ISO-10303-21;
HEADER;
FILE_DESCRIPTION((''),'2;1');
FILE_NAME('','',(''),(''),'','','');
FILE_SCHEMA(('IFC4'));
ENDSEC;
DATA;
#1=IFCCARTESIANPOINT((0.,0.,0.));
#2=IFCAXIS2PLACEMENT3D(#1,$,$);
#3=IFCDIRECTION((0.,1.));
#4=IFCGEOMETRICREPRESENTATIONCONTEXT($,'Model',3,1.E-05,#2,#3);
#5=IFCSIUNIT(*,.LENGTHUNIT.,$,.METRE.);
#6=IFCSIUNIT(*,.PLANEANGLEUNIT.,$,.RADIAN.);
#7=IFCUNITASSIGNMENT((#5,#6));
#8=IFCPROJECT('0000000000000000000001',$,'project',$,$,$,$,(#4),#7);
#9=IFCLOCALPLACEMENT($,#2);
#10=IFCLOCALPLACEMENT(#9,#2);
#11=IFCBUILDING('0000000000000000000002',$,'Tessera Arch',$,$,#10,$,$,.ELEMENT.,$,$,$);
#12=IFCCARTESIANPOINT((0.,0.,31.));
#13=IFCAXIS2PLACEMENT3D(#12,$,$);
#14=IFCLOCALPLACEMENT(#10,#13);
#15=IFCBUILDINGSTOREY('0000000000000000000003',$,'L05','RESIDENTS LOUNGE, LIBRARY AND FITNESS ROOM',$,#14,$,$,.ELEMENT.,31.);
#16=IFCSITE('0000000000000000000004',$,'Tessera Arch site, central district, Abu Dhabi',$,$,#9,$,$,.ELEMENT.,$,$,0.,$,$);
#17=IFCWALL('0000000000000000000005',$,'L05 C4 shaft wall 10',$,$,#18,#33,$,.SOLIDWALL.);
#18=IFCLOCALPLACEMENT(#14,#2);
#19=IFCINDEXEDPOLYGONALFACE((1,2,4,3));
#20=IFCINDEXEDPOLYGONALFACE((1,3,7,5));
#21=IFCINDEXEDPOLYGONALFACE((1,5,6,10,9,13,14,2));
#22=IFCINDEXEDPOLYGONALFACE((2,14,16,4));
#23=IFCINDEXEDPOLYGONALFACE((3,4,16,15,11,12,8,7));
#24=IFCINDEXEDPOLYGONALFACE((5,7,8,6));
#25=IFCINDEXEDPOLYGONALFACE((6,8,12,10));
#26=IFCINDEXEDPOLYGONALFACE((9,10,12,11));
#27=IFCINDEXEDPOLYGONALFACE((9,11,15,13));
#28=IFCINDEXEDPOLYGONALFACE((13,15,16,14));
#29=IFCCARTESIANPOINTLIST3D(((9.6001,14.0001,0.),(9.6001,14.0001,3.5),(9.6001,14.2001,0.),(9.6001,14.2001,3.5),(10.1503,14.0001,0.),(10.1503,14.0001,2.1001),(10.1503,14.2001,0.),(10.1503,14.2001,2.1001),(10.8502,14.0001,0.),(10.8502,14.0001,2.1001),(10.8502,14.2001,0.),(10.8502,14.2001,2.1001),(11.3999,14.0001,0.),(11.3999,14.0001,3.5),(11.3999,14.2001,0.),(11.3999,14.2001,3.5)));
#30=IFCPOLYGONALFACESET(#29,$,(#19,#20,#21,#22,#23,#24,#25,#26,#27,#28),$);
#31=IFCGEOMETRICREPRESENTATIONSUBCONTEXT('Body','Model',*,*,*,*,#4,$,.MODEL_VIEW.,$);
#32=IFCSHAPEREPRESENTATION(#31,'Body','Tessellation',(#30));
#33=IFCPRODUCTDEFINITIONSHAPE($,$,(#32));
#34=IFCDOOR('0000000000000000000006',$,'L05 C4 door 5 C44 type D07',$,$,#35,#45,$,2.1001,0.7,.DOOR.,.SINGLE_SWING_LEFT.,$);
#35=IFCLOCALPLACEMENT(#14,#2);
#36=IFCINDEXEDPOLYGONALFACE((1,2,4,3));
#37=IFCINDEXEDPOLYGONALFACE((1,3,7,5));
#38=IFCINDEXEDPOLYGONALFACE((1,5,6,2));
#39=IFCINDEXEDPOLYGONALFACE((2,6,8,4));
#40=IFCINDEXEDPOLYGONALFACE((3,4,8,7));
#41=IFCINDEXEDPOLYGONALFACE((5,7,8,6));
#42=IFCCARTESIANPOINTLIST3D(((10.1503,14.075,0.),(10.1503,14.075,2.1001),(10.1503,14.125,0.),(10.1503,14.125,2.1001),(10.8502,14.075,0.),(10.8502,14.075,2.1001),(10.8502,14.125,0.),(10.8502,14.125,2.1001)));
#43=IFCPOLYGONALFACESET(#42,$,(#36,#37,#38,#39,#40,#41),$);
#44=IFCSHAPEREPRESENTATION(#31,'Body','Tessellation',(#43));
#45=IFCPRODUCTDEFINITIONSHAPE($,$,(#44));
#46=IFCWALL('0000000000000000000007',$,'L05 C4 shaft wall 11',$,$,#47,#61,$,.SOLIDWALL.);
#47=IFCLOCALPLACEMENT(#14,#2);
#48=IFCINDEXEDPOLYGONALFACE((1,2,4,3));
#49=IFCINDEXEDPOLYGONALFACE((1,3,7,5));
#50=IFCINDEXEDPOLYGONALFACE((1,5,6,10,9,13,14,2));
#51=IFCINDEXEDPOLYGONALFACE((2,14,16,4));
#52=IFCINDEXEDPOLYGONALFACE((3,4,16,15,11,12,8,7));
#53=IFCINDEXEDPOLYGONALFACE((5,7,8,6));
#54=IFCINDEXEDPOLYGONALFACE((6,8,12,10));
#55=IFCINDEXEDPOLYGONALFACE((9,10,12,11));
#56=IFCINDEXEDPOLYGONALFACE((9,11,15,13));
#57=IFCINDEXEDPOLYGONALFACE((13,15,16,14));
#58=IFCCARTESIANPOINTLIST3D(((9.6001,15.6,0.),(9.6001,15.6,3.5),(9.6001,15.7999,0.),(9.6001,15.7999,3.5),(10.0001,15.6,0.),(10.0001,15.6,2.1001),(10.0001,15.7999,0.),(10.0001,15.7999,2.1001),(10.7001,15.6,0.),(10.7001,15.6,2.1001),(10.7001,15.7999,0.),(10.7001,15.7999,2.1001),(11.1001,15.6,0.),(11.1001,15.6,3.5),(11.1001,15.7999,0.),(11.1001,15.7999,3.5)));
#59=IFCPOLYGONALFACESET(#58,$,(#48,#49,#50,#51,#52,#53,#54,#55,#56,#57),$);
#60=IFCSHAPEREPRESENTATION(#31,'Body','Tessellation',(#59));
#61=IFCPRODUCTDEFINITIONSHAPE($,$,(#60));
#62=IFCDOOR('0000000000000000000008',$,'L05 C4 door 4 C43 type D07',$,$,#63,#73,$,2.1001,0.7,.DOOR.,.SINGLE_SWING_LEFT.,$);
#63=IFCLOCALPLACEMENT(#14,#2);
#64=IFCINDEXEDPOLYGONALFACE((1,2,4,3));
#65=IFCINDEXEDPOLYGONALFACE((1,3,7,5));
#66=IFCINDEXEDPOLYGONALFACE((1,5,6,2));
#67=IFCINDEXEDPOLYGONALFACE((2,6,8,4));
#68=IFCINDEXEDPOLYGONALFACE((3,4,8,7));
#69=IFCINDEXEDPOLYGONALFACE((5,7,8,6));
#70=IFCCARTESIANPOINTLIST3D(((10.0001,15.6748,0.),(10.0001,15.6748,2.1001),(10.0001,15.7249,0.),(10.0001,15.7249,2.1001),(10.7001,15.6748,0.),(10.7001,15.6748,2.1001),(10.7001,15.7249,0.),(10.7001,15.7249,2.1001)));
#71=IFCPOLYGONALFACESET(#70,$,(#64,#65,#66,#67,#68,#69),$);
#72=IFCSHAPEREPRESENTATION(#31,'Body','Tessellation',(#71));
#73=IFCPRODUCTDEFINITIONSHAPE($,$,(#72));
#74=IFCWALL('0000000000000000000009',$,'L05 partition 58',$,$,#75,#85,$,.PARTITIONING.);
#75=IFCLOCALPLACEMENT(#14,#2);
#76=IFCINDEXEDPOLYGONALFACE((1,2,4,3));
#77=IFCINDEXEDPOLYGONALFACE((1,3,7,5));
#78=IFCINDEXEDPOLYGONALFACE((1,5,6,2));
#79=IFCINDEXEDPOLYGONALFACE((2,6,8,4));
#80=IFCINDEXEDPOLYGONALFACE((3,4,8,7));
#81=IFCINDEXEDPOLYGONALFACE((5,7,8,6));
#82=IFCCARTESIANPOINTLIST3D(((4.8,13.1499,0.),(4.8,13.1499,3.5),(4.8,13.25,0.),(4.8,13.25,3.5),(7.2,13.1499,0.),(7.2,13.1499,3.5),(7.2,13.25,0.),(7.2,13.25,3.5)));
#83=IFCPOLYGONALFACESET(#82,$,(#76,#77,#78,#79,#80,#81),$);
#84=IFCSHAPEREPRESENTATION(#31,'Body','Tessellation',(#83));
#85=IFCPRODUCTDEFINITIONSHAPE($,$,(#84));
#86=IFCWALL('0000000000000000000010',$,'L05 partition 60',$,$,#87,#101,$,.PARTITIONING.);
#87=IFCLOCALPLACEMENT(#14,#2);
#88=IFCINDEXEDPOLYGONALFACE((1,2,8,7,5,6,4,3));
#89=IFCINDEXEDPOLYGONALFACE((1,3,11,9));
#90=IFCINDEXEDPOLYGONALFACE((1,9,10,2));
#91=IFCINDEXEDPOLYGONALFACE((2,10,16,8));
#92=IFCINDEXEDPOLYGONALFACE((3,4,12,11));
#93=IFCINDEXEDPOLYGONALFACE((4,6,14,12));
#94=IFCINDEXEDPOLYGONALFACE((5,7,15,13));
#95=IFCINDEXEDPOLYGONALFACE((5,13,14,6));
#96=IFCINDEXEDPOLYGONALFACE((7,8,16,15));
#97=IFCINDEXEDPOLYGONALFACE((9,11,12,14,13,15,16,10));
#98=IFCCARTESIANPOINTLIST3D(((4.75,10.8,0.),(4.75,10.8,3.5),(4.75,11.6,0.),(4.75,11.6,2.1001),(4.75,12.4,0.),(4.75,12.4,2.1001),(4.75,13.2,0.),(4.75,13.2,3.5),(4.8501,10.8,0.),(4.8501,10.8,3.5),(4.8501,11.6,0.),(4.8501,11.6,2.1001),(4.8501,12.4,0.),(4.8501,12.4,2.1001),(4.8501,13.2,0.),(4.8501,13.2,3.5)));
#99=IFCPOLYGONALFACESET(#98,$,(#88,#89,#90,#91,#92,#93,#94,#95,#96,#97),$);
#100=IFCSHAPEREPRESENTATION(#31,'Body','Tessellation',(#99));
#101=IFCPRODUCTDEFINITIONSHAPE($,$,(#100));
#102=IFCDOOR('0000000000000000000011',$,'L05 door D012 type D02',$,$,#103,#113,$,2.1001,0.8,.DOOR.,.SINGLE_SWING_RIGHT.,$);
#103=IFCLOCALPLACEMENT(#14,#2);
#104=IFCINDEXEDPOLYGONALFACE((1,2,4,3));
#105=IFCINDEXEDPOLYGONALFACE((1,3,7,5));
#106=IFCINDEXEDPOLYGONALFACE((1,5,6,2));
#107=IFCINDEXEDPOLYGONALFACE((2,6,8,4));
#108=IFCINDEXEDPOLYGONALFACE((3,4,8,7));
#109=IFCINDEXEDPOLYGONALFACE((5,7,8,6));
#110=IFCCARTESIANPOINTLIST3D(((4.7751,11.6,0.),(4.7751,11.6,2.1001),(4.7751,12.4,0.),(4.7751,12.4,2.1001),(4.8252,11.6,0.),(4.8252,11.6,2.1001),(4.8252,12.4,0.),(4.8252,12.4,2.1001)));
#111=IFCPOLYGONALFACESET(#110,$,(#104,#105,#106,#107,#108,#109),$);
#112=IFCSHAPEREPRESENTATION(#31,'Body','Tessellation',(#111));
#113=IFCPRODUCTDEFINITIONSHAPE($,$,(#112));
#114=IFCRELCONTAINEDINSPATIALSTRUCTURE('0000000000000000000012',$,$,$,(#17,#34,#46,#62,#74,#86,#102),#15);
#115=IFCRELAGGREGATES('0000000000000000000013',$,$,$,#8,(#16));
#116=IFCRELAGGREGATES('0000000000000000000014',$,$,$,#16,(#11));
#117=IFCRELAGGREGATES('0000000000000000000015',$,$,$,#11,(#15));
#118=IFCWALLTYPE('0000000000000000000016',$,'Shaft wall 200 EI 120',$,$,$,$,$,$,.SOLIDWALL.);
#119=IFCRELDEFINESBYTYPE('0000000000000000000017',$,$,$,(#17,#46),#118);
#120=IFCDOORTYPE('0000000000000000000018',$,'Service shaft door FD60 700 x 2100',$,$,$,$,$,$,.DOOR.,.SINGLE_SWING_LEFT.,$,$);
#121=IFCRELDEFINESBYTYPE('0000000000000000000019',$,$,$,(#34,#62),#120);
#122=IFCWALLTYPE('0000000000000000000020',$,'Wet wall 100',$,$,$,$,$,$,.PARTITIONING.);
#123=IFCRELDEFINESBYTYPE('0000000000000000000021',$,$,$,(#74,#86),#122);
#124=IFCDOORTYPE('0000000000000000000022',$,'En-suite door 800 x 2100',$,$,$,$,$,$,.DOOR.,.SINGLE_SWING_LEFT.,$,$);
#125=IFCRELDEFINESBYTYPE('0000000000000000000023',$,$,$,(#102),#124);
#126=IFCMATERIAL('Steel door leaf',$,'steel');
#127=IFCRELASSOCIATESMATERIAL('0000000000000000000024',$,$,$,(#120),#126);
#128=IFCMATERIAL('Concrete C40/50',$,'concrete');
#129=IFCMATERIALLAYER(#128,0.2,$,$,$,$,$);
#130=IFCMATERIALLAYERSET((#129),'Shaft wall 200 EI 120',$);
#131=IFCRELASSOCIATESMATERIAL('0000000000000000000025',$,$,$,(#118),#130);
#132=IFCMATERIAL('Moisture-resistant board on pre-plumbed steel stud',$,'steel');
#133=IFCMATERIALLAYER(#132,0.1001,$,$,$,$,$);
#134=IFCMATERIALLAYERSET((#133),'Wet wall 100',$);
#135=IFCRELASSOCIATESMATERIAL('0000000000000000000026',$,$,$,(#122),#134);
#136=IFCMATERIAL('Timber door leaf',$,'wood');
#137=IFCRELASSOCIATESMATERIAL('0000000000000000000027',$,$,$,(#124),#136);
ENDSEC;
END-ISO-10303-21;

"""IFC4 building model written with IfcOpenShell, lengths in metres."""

from ifc_helpers import new_model, si_unit, direction, frame, frame_2d, origin, place, context, subcontext, project, spatial, rectangle, extrude, material, layer, layer_set, type_object, element, fill, save


model = new_model("IFC4")

# Units and contexts
model_context = context("Model", 3, precision=1e-05, world=origin(), true_north=direction((0.0, 1.0)))
body_context = subcontext(model_context, "Body", "Model", "MODEL_VIEW")
ifc_project = project(units=[si_unit("LENGTHUNIT", "METRE"), si_unit("PLANEANGLEUNIT", "RADIAN")], contexts=[model_context])

# Site, building, storey
site_placement = place(None, origin())
site = spatial("IfcSite", under=ifc_project, at=site_placement, Name="Tessera Arch site, central district, Abu Dhabi", CompositionType="ELEMENT", RefElevation=0.0)
building_placement = place(site_placement, origin())
building = spatial("IfcBuilding", under=site, at=building_placement, Name="Tessera Arch", CompositionType="ELEMENT")
storey_placement = place(building_placement, frame((0.0, 0.0, 31.0)))
storey = spatial("IfcBuildingStorey", under=building, at=storey_placement, Name="L05", Description="RESIDENTS LOUNGE, LIBRARY AND FITNESS ROOM", CompositionType="ELEMENT", Elevation=31.0)

# Shared definitions
ifc_material_1 = material(Name="Steel door leaf", Category="steel")
door_type_1 = type_object("IfcDoorType", Name="Service shaft door FD60 700 x 2100", OperationType="SINGLE_SWING_LEFT", PredefinedType="DOOR", material=ifc_material_1)

# Shared definitions
ifc_material_2 = material(Name="Concrete C40/50", Category="concrete")
ifc_layer_1 = layer(ifc_material_2, 0.2)
ifc_layer_set_1 = layer_set([ifc_layer_1], Name="Shaft wall 200 EI 120")
wall_type_1 = type_object("IfcWallType", Name="Shaft wall 200 EI 120", PredefinedType="SOLIDWALL", material=ifc_layer_set_1)

# Walls, openings, doors
wall_1_placement = place(storey_placement, frame((9.6001, 14.1001, 0.0), z_axis=(0.0, 0.0, 1.0), x_axis=(1.0, 0.0, 0.0)))
wall_1 = element("IfcWall", 1, at=wall_1_placement, inside=storey, type_object=wall_type_1, Name="L05 C4 shaft wall 10", PredefinedType="SOLIDWALL", context=body_context, shape_type="SweptSolid", body=[
    extrude(rectangle(XDim=1.7998, YDim=0.2, at=frame_2d((0.8999, 0.0))), origin(), (0.0, 0.0, 1.0), 3.5),
])
opening_1_placement = place(wall_1_placement, frame((0.55, 0.0, 0.0)))
opening_1 = element("IfcOpeningElement", 2, at=opening_1_placement, cuts=wall_1, PredefinedType="OPENING", context=body_context, shape_type="SweptSolid", body=[
    extrude(rectangle(XDim=0.7, YDim=2.1001, at=frame_2d((0.3501, 1.05))), frame((0.0, 0.1099, 0.0), z_axis=(0.0, -1.0, 0.0), x_axis=(1.0, 0.0, 0.0)), (0.0, 0.0, 1.0), 0.22),
])
door_1_placement = place(opening_1_placement, origin())
door_1 = element("IfcDoor", 3, at=door_1_placement, inside=storey, type_object=door_type_1, Name="L05 C4 door 5 C44 type D07", OperationType="SINGLE_SWING_LEFT", OverallHeight=2.1001, OverallWidth=0.7, PredefinedType="DOOR", context=body_context, shape_type="SweptSolid", body=[
    extrude(rectangle(XDim=0.7, YDim=2.1001, at=frame_2d((0.3501, 1.05))), frame((0.0, 0.0249, 0.0), z_axis=(0.0, -1.0, 0.0), x_axis=(1.0, 0.0, 0.0)), (0.0, 0.0, 1.0), 0.05),
])
fill(opening_1, door_1)
wall_2_placement = place(storey_placement, frame((9.6001, 15.7, 0.0), z_axis=(0.0, 0.0, 1.0), x_axis=(1.0, 0.0, 0.0)))
wall_2 = element("IfcWall", 4, at=wall_2_placement, inside=storey, type_object=wall_type_1, Name="L05 C4 shaft wall 11", PredefinedType="SOLIDWALL", context=body_context, shape_type="SweptSolid", body=[
    extrude(rectangle(XDim=1.5, YDim=0.2, at=frame_2d((0.75, 0.0))), origin(), (0.0, 0.0, 1.0), 3.5),
])
opening_2_placement = place(wall_2_placement, frame((0.3999, 0.0, 0.0)))
opening_2 = element("IfcOpeningElement", 5, at=opening_2_placement, cuts=wall_2, PredefinedType="OPENING", context=body_context, shape_type="SweptSolid", body=[
    extrude(rectangle(XDim=0.7, YDim=2.1001, at=frame_2d((0.3501, 1.05))), frame((0.0, 0.1099, 0.0), z_axis=(0.0, -1.0, 0.0), x_axis=(1.0, 0.0, 0.0)), (0.0, 0.0, 1.0), 0.22),
])
door_2_placement = place(opening_2_placement, origin())
door_2 = element("IfcDoor", 6, at=door_2_placement, inside=storey, type_object=door_type_1, Name="L05 C4 door 4 C43 type D07", OperationType="SINGLE_SWING_LEFT", OverallHeight=2.1001, OverallWidth=0.7, PredefinedType="DOOR", context=body_context, shape_type="SweptSolid", body=[
    extrude(rectangle(XDim=0.7, YDim=2.1001, at=frame_2d((0.3501, 1.05))), frame((0.0, 0.0249, 0.0), z_axis=(0.0, -1.0, 0.0), x_axis=(1.0, 0.0, 0.0)), (0.0, 0.0, 1.0), 0.05),
])
fill(opening_2, door_2)

# Wall
ifc_material_3 = material(Name="Moisture-resistant board on pre-plumbed steel stud", Category="steel")
ifc_layer_2 = layer(ifc_material_3, 0.1001)
ifc_layer_set_2 = layer_set([ifc_layer_2], Name="Wet wall 100")
wall_type_2 = type_object("IfcWallType", Name="Wet wall 100", PredefinedType="PARTITIONING", material=ifc_layer_set_2)
wall_3_placement = place(storey_placement, frame((4.8, 13.2, 0.0), z_axis=(0.0, 0.0, 1.0), x_axis=(1.0, 0.0, 0.0)))
element("IfcWall", 7, at=wall_3_placement, inside=storey, type_object=wall_type_2, Name="L05 partition 58", PredefinedType="PARTITIONING", context=body_context, shape_type="SweptSolid", body=[
    extrude(rectangle(XDim=2.3999, YDim=0.1001, at=frame_2d((1.2, 0.0))), origin(), (0.0, 0.0, 1.0), 3.5),
])

# Wall, opening, door
wall_4_placement = place(storey_placement, frame((4.8, 10.8, 0.0), z_axis=(0.0, 0.0, 1.0), x_axis=(0.0, 1.0, 0.0)))
wall_4 = element("IfcWall", 8, at=wall_4_placement, inside=storey, type_object=wall_type_2, Name="L05 partition 60", PredefinedType="PARTITIONING", context=body_context, shape_type="SweptSolid", body=[
    extrude(rectangle(XDim=2.3999, YDim=0.1001, at=frame_2d((1.2, 0.0))), origin(), (0.0, 0.0, 1.0), 3.5),
])
opening_3_placement = place(wall_4_placement, frame((0.8, 0.0, 0.0)))
opening_3 = element("IfcOpeningElement", 9, at=opening_3_placement, cuts=wall_4, PredefinedType="OPENING", context=body_context, shape_type="SweptSolid", body=[
    extrude(rectangle(XDim=0.8, YDim=2.1001, at=frame_2d((0.3999, 1.05))), frame((0.0, 0.0601, 0.0), z_axis=(0.0, -1.0, 0.0), x_axis=(1.0, 0.0, 0.0)), (0.0, 0.0, 1.0), 0.1201),
])
ifc_material_4 = material(Name="Timber door leaf", Category="wood")
door_type_2 = type_object("IfcDoorType", Name="En-suite door 800 x 2100", OperationType="SINGLE_SWING_LEFT", PredefinedType="DOOR", material=ifc_material_4)
door_3_placement = place(opening_3_placement, origin())
door_3 = element("IfcDoor", 10, at=door_3_placement, inside=storey, type_object=door_type_2, Name="L05 door D012 type D02", OperationType="SINGLE_SWING_RIGHT", OverallHeight=2.1001, OverallWidth=0.8, PredefinedType="DOOR", context=body_context, shape_type="SweptSolid", body=[
    extrude(rectangle(XDim=0.8, YDim=2.1001, at=frame_2d((0.3999, 1.05))), frame((0.0, 0.0249, 0.0), z_axis=(0.0, -1.0, 0.0), x_axis=(1.0, 0.0, 0.0)), (0.0, 0.0, 1.0), 0.05),
])
fill(opening_3, door_3)

save(model, "model.ifc")
